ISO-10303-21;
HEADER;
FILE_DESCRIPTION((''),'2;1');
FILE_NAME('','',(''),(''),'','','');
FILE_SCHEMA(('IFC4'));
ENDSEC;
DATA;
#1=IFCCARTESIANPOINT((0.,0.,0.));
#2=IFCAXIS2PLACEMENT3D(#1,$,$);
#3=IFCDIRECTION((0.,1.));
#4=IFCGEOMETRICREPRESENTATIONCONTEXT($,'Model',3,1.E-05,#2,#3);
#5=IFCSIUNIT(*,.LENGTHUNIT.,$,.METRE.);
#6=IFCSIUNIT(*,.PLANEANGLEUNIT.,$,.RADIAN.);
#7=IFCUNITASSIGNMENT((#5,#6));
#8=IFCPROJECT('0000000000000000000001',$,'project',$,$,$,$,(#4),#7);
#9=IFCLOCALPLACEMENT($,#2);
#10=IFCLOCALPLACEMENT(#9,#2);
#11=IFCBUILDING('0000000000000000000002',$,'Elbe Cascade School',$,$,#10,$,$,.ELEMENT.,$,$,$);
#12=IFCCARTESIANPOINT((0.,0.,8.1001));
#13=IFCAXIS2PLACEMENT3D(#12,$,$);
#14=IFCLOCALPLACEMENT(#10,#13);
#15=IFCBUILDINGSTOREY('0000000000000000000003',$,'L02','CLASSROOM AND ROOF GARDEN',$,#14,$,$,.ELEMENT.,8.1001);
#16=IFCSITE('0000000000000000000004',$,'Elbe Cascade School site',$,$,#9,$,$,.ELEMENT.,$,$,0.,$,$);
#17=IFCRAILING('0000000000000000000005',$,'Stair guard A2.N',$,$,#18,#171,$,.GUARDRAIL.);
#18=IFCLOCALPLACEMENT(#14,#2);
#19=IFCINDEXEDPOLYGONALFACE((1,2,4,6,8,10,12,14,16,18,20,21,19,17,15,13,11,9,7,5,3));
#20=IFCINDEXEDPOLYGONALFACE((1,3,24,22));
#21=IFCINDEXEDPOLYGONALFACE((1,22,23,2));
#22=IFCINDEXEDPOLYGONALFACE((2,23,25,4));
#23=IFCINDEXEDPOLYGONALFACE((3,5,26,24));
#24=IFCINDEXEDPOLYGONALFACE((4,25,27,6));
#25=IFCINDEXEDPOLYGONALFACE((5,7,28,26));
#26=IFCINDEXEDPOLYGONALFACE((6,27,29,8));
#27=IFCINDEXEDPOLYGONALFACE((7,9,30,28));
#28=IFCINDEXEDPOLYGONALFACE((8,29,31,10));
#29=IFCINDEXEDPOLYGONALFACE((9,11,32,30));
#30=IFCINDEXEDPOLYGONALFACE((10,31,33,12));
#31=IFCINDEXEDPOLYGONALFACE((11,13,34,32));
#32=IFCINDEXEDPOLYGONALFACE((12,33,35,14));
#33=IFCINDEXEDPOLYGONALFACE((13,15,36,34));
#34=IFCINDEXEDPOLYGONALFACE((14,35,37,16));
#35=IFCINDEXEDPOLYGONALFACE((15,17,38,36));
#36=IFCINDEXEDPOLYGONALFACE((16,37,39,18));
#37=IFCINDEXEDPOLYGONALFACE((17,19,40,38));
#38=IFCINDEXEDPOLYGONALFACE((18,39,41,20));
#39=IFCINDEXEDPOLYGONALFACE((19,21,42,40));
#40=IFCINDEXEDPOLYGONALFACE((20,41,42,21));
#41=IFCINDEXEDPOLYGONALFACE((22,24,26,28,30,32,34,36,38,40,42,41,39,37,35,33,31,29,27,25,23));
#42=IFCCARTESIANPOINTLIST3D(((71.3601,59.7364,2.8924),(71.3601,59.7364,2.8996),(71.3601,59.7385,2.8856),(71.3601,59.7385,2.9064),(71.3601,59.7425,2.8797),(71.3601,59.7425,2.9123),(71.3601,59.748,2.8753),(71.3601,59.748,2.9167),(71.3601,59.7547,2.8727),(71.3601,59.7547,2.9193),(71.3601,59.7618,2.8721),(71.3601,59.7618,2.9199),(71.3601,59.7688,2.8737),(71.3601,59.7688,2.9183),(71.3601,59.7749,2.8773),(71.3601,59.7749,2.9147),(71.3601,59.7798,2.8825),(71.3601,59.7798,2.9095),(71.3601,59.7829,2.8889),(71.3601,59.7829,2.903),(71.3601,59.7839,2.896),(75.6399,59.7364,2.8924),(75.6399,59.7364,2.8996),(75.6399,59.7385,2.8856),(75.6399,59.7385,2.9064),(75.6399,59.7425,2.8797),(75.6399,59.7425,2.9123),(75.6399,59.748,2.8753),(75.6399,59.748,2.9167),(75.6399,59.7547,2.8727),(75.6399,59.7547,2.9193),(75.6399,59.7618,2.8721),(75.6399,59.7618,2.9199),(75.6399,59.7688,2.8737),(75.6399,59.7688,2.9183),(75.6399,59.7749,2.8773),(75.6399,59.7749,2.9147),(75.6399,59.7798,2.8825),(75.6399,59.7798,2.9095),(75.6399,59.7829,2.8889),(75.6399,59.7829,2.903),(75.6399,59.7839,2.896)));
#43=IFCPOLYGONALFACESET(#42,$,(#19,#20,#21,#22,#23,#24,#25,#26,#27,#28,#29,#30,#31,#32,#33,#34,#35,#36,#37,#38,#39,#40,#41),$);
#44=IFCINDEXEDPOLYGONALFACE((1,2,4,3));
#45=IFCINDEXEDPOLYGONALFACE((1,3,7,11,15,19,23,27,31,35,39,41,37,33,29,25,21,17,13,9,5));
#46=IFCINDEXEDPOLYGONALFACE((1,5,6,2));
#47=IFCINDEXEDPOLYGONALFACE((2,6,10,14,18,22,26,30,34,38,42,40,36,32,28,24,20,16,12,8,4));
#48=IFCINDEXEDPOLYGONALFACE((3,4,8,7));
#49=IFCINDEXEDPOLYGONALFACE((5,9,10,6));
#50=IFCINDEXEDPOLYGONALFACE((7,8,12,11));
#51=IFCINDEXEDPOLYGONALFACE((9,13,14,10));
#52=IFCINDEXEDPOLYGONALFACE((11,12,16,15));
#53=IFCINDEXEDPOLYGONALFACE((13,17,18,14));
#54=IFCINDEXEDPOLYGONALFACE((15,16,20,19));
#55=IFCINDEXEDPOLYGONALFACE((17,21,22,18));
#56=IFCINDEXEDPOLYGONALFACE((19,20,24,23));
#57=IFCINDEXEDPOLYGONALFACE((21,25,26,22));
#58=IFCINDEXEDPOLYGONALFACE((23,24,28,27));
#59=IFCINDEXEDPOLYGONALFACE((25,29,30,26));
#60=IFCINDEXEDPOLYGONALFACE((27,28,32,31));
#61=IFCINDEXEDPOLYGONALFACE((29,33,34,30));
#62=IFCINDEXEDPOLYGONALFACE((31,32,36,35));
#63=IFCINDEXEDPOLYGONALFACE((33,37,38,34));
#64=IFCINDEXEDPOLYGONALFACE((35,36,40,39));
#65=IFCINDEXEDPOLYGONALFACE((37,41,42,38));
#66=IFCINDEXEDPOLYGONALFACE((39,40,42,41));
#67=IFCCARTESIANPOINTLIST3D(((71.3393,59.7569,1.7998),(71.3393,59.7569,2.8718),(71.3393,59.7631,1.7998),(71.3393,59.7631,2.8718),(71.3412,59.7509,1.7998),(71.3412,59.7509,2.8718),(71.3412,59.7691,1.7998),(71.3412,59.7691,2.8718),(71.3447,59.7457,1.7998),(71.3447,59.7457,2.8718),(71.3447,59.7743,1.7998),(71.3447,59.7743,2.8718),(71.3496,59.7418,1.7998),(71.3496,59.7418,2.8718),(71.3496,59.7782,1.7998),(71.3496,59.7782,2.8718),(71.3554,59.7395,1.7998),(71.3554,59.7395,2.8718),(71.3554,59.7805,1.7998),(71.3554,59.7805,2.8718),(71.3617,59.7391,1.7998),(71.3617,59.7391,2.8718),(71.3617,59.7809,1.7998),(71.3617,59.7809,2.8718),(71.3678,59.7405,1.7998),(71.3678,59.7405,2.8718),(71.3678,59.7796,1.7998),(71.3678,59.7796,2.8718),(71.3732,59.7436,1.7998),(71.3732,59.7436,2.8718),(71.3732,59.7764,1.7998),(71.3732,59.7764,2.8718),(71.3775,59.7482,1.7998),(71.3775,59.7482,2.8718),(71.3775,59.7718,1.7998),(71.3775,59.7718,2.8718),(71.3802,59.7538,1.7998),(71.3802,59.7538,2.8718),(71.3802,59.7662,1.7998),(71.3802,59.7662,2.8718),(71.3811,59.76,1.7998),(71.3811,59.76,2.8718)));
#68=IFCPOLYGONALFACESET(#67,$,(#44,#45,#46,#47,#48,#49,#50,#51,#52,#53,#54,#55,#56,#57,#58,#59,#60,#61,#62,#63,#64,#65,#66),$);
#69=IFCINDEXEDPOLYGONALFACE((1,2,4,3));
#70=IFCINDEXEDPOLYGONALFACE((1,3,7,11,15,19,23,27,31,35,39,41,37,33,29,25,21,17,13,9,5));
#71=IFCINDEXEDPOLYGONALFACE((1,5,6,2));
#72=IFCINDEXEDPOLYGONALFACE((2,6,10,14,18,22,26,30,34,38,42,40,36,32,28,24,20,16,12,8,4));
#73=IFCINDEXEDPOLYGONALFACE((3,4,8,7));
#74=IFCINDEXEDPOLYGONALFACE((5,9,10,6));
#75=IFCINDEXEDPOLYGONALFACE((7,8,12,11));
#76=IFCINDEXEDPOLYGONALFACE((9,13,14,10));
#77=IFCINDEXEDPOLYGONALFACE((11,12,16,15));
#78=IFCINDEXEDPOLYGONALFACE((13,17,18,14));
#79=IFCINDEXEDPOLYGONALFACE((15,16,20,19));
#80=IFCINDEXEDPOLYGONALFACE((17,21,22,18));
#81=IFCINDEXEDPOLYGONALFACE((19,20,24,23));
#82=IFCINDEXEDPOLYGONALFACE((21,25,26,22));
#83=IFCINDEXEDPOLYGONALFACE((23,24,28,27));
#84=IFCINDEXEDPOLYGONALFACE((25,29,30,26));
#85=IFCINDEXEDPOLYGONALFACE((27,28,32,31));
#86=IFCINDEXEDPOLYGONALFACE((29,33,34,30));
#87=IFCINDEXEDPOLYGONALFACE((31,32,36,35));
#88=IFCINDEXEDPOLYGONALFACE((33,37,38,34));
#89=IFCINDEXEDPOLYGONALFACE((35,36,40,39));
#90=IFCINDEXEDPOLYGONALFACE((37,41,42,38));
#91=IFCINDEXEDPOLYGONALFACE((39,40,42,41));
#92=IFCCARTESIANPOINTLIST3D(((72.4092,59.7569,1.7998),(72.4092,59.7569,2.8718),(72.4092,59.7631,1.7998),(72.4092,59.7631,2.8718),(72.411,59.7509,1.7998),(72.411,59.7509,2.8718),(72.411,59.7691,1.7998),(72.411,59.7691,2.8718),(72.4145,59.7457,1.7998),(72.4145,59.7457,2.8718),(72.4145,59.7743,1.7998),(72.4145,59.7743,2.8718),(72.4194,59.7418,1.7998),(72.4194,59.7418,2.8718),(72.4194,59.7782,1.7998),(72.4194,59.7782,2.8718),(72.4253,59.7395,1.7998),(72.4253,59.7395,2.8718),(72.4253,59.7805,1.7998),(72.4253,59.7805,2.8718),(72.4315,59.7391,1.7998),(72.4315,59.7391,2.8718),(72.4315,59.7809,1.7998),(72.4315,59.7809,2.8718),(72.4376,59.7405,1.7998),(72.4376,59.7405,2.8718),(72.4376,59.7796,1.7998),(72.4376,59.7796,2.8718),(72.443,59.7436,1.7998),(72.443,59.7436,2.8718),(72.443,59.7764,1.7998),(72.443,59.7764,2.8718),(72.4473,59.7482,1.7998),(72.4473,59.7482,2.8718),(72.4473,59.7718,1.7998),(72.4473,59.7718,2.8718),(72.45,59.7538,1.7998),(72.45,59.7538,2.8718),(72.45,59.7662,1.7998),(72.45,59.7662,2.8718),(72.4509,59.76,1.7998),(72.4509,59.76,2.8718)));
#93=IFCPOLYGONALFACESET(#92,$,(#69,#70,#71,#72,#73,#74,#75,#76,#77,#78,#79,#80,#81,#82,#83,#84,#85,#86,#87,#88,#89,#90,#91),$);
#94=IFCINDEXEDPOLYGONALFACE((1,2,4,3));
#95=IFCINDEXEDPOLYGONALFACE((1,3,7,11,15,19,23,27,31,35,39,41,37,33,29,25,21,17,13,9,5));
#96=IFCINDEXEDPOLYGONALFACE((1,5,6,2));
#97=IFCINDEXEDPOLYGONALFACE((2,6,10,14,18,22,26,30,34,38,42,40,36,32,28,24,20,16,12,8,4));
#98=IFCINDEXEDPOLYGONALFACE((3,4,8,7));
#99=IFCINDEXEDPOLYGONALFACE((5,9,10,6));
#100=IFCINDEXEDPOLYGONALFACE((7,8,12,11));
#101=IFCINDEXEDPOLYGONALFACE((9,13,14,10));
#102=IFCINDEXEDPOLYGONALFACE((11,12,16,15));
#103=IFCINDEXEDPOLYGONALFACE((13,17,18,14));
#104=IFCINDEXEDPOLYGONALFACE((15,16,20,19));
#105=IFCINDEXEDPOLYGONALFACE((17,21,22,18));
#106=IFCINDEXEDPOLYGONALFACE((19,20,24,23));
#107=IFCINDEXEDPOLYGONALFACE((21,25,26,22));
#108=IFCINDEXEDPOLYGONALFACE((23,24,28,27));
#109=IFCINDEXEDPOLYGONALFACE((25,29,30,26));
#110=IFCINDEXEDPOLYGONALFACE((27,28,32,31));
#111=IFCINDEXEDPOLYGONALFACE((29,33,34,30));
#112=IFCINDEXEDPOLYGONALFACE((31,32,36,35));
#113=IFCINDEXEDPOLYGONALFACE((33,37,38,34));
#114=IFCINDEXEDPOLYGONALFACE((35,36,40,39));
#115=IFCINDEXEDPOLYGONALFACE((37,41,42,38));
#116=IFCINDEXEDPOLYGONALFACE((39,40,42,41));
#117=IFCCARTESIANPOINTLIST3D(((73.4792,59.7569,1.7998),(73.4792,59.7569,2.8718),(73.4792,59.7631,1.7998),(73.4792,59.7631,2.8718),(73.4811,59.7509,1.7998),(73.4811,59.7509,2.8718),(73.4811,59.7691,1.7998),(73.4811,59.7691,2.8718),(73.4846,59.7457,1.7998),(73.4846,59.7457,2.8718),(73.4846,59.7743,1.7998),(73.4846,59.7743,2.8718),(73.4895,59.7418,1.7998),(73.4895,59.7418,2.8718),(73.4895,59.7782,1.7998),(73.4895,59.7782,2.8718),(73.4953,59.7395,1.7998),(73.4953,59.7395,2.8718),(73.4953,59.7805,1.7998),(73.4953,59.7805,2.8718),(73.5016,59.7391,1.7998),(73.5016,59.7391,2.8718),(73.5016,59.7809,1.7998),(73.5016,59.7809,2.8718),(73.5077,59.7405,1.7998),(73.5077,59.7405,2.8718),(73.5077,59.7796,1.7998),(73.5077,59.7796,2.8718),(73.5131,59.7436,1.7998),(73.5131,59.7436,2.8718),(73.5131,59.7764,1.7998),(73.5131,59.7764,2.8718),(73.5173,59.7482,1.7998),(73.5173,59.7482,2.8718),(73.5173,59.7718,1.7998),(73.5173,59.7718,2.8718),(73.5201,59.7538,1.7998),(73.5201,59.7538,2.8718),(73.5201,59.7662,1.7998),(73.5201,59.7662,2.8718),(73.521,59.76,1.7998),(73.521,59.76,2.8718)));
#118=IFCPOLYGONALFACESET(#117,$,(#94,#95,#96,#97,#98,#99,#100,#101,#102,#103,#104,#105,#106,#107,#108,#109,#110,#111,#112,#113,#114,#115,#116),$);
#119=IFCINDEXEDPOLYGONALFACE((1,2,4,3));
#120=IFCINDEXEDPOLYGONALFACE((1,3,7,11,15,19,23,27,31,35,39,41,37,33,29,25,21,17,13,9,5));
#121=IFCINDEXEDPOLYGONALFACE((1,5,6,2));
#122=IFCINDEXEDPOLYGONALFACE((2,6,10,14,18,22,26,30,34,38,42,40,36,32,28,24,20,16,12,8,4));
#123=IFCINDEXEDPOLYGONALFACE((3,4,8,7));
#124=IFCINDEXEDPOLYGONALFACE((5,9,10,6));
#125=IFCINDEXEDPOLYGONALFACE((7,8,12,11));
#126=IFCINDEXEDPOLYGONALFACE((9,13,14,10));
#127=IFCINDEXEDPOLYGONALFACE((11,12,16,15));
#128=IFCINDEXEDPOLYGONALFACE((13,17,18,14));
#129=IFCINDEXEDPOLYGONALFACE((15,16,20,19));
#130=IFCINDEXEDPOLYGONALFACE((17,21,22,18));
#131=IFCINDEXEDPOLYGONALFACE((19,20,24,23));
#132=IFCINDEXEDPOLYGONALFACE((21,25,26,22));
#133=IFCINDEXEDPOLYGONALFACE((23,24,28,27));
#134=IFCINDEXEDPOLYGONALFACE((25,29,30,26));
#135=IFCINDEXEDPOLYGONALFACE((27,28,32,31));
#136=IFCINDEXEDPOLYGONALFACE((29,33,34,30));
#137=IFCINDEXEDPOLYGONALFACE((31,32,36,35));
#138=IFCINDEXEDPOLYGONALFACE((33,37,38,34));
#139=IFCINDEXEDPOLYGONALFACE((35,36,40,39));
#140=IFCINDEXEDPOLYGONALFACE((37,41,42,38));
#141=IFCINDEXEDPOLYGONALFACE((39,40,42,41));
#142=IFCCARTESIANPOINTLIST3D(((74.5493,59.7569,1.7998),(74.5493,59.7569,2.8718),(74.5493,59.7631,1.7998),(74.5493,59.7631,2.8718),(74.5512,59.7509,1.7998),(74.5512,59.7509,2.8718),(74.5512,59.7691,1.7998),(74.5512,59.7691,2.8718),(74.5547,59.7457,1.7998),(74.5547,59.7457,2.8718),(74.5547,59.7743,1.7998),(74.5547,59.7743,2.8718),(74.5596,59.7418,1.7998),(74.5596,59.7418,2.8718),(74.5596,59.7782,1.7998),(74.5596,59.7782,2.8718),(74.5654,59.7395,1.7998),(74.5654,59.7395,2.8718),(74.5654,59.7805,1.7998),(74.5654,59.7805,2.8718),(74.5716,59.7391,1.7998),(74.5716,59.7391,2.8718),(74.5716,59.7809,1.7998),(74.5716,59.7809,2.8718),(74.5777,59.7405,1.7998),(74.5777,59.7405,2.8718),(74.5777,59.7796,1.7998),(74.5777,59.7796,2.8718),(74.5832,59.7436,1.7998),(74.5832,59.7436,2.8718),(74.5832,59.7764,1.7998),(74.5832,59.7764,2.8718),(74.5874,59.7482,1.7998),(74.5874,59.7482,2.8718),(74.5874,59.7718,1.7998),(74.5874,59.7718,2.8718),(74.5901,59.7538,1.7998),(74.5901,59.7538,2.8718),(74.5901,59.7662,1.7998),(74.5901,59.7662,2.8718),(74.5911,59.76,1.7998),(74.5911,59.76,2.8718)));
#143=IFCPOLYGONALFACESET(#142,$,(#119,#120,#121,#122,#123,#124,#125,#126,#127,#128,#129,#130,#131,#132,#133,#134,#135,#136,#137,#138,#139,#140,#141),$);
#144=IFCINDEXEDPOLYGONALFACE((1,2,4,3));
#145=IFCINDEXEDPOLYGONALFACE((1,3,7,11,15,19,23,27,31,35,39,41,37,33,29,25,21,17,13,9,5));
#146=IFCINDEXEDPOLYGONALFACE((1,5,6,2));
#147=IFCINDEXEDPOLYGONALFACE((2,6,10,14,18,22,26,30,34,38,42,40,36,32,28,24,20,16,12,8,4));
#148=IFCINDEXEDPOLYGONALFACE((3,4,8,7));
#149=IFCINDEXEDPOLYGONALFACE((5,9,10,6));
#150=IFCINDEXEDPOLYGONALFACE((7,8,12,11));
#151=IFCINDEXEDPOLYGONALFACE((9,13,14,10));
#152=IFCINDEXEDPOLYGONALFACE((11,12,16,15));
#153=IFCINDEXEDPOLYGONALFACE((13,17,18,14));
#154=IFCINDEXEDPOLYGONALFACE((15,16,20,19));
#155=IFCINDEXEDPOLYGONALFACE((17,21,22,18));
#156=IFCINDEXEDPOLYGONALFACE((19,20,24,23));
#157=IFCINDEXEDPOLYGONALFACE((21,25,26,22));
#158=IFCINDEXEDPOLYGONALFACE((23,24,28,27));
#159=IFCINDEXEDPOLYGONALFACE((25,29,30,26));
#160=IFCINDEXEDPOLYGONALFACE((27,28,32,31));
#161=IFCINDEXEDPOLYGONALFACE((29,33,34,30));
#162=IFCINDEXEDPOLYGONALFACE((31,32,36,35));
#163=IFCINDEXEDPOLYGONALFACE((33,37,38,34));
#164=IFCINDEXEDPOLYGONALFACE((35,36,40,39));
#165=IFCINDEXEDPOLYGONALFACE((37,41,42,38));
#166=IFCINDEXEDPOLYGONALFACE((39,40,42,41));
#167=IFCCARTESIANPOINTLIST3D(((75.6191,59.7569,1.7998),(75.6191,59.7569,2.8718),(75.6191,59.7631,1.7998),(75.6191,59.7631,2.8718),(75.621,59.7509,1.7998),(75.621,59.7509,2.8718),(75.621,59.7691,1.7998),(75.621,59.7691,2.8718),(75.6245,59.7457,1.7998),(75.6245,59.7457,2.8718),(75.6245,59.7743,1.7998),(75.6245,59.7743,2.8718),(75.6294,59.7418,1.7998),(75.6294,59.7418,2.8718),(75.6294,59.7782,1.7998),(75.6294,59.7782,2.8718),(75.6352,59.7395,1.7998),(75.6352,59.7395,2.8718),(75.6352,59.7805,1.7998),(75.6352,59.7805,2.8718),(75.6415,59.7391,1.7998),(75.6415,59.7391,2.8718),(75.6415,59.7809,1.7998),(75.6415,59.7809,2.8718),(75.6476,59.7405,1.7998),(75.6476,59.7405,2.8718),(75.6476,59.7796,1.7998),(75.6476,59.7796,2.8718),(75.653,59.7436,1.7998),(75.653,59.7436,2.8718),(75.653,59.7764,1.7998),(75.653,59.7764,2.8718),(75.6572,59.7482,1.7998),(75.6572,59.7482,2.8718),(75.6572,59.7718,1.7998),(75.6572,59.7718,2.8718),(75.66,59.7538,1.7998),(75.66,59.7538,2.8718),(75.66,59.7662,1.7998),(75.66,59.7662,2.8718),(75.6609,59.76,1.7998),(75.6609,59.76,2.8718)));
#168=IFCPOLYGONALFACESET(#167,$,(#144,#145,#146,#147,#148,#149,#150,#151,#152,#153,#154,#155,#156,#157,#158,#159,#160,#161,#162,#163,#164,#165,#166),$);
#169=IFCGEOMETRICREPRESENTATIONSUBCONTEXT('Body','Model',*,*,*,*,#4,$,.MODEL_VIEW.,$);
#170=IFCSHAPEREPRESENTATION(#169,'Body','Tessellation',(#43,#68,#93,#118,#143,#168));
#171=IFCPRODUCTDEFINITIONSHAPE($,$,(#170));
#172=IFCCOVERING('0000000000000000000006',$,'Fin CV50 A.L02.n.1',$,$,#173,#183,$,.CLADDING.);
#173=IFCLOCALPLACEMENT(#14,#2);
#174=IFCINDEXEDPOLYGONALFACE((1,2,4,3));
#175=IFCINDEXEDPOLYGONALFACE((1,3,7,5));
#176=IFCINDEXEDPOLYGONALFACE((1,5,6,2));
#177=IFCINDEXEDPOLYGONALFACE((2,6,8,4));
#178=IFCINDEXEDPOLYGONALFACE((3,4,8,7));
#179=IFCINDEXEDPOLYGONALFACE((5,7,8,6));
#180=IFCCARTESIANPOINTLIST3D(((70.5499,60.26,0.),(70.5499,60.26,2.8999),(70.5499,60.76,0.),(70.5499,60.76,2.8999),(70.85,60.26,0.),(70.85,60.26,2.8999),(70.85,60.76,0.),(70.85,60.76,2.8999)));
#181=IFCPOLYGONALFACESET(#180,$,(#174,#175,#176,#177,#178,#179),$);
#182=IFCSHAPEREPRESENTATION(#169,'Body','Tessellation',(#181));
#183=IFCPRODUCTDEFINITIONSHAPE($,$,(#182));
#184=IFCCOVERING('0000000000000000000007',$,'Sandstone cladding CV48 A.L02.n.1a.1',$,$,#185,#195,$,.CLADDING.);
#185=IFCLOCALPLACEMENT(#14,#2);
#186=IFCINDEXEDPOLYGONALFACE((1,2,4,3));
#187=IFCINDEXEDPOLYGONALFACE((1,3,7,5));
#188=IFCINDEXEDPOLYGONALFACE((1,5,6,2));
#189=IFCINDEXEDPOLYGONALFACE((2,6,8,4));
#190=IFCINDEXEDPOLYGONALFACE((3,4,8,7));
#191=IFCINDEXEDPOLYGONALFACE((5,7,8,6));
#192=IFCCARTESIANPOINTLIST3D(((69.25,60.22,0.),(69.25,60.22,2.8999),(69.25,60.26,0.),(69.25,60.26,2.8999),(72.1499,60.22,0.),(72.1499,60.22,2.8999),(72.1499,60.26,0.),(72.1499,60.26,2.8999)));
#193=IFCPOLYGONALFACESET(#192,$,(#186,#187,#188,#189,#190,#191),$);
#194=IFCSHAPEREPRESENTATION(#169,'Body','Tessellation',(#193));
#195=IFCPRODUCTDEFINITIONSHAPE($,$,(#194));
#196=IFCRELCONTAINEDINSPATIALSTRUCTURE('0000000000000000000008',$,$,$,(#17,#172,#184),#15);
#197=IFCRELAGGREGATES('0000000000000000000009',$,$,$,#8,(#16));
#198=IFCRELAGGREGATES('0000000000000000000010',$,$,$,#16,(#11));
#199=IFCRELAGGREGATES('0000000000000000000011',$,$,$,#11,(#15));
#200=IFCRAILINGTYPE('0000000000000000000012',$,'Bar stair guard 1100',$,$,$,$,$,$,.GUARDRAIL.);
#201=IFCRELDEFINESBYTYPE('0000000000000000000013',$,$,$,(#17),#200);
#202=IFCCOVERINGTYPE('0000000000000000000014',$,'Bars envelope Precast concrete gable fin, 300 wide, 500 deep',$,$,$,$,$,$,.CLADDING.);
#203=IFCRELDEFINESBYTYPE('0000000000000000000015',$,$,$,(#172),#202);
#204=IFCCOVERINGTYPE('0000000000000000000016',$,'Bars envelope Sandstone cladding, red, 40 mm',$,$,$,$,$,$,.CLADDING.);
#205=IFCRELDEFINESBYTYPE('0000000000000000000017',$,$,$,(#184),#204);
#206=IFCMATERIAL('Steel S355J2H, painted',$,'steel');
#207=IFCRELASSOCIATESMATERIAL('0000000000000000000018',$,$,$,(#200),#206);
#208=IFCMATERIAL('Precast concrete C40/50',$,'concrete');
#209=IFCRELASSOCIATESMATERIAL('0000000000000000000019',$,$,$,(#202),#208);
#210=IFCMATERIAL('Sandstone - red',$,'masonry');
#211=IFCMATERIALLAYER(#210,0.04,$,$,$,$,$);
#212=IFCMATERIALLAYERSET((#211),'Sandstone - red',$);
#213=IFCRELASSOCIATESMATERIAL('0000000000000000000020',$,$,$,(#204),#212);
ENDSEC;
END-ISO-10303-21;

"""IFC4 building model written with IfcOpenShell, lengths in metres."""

from ifc_helpers import new_model, si_unit, direction, frame, origin, origin_2d, place, context, subcontext, project, spatial, rectangle, circle, extrude, material, layer, layer_set, type_object, element, save


model = new_model("IFC4")

# Units and contexts
model_context = context("Model", 3, precision=1e-05, world=origin(), true_north=direction((0.0, 1.0)))
body_context = subcontext(model_context, "Body", "Model", "MODEL_VIEW")
ifc_project = project(units=[si_unit("LENGTHUNIT", "METRE"), si_unit("PLANEANGLEUNIT", "RADIAN")], contexts=[model_context])

# Site, building, storey
site_placement = place(None, origin())
site = spatial("IfcSite", under=ifc_project, at=site_placement, Name="Elbe Cascade School site", CompositionType="ELEMENT", RefElevation=0.0)
building_placement = place(site_placement, origin())
building = spatial("IfcBuilding", under=site, at=building_placement, Name="Elbe Cascade School", CompositionType="ELEMENT")
storey_placement = place(building_placement, frame((0.0, 0.0, 8.1001)))
storey = spatial("IfcBuildingStorey", under=building, at=storey_placement, Name="L02", Description="CLASSROOM AND ROOF GARDEN", CompositionType="ELEMENT", Elevation=8.1001)

# Railing
ifc_material_1 = material(Name="Steel S355J2H, painted", Category="steel")
railing_type = type_object("IfcRailingType", Name="Bar stair guard 1100", PredefinedType="GUARDRAIL", material=ifc_material_1)
railing_placement = place(storey_placement, frame((71.3601, 59.76, 1.7998)))
element("IfcRailing", 1, at=railing_placement, inside=storey, type_object=railing_type, Name="Stair guard A2.N", PredefinedType="GUARDRAIL", context=body_context, shape_type="SweptSolid", body=[
    extrude(circle(Radius=0.0239, at=origin_2d()), frame((0.0, 0.0, 1.0962), z_axis=(1.0, 0.0, 0.0), x_axis=(0.0, 1.0, 0.0)), (0.0, 0.0, 1.0), 4.2798),
    extrude(circle(Radius=0.021, at=origin_2d()), origin(), (0.0, 0.0, 1.0), 1.072),
    extrude(circle(Radius=0.021, at=origin_2d()), frame((1.0698, 0.0, 0.0)), (0.0, 0.0, 1.0), 1.072),
    extrude(circle(Radius=0.021, at=origin_2d()), frame((2.1399, 0.0, 0.0)), (0.0, 0.0, 1.0), 1.072),
    extrude(circle(Radius=0.021, at=origin_2d()), frame((3.21, 0.0, 0.0)), (0.0, 0.0, 1.0), 1.072),
    extrude(circle(Radius=0.021, at=origin_2d()), frame((4.2798, 0.0, 0.0)), (0.0, 0.0, 1.0), 1.072),
])

# Coverings
ifc_material_2 = material(Name="Precast concrete C40/50", Category="concrete")
covering_type_1 = type_object("IfcCoveringType", Name="Bars envelope Precast concrete gable fin, 300 wide, 500 deep", PredefinedType="CLADDING", material=ifc_material_2)
covering_1_placement = place(storey_placement, frame((70.7, 60.51, 0.0), z_axis=(0.0, 0.0, 1.0), x_axis=(1.0, 0.0, 0.0)))
element("IfcCovering", 2, at=covering_1_placement, inside=storey, type_object=covering_type_1, Name="Fin CV50 A.L02.n.1", PredefinedType="CLADDING", context=body_context, shape_type="SweptSolid", body=[
    extrude(rectangle(XDim=0.3, YDim=0.5, at=origin_2d()), origin(), (0.0, 0.0, 1.0), 2.8999),
])
ifc_material_3 = material(Name="Sandstone - red", Category="masonry")
ifc_layer_1 = layer(ifc_material_3, 0.04)
ifc_layer_set_1 = layer_set([ifc_layer_1], Name="Sandstone - red")
covering_type_2 = type_object("IfcCoveringType", Name="Bars envelope Sandstone cladding, red, 40 mm", PredefinedType="CLADDING", material=ifc_layer_set_1)
covering_2_placement = place(storey_placement, frame((70.7, 60.24, 0.0), z_axis=(0.0, 0.0, 1.0), x_axis=(1.0, 0.0, 0.0)))
element("IfcCovering", 3, at=covering_2_placement, inside=storey, type_object=covering_type_2, Name="Sandstone cladding CV48 A.L02.n.1a.1", PredefinedType="CLADDING", context=body_context, shape_type="SweptSolid", body=[
    extrude(rectangle(XDim=2.8999, YDim=0.04, at=origin_2d()), origin(), (0.0, 0.0, 1.0), 2.8999),
])

save(model, "model.ifc")
